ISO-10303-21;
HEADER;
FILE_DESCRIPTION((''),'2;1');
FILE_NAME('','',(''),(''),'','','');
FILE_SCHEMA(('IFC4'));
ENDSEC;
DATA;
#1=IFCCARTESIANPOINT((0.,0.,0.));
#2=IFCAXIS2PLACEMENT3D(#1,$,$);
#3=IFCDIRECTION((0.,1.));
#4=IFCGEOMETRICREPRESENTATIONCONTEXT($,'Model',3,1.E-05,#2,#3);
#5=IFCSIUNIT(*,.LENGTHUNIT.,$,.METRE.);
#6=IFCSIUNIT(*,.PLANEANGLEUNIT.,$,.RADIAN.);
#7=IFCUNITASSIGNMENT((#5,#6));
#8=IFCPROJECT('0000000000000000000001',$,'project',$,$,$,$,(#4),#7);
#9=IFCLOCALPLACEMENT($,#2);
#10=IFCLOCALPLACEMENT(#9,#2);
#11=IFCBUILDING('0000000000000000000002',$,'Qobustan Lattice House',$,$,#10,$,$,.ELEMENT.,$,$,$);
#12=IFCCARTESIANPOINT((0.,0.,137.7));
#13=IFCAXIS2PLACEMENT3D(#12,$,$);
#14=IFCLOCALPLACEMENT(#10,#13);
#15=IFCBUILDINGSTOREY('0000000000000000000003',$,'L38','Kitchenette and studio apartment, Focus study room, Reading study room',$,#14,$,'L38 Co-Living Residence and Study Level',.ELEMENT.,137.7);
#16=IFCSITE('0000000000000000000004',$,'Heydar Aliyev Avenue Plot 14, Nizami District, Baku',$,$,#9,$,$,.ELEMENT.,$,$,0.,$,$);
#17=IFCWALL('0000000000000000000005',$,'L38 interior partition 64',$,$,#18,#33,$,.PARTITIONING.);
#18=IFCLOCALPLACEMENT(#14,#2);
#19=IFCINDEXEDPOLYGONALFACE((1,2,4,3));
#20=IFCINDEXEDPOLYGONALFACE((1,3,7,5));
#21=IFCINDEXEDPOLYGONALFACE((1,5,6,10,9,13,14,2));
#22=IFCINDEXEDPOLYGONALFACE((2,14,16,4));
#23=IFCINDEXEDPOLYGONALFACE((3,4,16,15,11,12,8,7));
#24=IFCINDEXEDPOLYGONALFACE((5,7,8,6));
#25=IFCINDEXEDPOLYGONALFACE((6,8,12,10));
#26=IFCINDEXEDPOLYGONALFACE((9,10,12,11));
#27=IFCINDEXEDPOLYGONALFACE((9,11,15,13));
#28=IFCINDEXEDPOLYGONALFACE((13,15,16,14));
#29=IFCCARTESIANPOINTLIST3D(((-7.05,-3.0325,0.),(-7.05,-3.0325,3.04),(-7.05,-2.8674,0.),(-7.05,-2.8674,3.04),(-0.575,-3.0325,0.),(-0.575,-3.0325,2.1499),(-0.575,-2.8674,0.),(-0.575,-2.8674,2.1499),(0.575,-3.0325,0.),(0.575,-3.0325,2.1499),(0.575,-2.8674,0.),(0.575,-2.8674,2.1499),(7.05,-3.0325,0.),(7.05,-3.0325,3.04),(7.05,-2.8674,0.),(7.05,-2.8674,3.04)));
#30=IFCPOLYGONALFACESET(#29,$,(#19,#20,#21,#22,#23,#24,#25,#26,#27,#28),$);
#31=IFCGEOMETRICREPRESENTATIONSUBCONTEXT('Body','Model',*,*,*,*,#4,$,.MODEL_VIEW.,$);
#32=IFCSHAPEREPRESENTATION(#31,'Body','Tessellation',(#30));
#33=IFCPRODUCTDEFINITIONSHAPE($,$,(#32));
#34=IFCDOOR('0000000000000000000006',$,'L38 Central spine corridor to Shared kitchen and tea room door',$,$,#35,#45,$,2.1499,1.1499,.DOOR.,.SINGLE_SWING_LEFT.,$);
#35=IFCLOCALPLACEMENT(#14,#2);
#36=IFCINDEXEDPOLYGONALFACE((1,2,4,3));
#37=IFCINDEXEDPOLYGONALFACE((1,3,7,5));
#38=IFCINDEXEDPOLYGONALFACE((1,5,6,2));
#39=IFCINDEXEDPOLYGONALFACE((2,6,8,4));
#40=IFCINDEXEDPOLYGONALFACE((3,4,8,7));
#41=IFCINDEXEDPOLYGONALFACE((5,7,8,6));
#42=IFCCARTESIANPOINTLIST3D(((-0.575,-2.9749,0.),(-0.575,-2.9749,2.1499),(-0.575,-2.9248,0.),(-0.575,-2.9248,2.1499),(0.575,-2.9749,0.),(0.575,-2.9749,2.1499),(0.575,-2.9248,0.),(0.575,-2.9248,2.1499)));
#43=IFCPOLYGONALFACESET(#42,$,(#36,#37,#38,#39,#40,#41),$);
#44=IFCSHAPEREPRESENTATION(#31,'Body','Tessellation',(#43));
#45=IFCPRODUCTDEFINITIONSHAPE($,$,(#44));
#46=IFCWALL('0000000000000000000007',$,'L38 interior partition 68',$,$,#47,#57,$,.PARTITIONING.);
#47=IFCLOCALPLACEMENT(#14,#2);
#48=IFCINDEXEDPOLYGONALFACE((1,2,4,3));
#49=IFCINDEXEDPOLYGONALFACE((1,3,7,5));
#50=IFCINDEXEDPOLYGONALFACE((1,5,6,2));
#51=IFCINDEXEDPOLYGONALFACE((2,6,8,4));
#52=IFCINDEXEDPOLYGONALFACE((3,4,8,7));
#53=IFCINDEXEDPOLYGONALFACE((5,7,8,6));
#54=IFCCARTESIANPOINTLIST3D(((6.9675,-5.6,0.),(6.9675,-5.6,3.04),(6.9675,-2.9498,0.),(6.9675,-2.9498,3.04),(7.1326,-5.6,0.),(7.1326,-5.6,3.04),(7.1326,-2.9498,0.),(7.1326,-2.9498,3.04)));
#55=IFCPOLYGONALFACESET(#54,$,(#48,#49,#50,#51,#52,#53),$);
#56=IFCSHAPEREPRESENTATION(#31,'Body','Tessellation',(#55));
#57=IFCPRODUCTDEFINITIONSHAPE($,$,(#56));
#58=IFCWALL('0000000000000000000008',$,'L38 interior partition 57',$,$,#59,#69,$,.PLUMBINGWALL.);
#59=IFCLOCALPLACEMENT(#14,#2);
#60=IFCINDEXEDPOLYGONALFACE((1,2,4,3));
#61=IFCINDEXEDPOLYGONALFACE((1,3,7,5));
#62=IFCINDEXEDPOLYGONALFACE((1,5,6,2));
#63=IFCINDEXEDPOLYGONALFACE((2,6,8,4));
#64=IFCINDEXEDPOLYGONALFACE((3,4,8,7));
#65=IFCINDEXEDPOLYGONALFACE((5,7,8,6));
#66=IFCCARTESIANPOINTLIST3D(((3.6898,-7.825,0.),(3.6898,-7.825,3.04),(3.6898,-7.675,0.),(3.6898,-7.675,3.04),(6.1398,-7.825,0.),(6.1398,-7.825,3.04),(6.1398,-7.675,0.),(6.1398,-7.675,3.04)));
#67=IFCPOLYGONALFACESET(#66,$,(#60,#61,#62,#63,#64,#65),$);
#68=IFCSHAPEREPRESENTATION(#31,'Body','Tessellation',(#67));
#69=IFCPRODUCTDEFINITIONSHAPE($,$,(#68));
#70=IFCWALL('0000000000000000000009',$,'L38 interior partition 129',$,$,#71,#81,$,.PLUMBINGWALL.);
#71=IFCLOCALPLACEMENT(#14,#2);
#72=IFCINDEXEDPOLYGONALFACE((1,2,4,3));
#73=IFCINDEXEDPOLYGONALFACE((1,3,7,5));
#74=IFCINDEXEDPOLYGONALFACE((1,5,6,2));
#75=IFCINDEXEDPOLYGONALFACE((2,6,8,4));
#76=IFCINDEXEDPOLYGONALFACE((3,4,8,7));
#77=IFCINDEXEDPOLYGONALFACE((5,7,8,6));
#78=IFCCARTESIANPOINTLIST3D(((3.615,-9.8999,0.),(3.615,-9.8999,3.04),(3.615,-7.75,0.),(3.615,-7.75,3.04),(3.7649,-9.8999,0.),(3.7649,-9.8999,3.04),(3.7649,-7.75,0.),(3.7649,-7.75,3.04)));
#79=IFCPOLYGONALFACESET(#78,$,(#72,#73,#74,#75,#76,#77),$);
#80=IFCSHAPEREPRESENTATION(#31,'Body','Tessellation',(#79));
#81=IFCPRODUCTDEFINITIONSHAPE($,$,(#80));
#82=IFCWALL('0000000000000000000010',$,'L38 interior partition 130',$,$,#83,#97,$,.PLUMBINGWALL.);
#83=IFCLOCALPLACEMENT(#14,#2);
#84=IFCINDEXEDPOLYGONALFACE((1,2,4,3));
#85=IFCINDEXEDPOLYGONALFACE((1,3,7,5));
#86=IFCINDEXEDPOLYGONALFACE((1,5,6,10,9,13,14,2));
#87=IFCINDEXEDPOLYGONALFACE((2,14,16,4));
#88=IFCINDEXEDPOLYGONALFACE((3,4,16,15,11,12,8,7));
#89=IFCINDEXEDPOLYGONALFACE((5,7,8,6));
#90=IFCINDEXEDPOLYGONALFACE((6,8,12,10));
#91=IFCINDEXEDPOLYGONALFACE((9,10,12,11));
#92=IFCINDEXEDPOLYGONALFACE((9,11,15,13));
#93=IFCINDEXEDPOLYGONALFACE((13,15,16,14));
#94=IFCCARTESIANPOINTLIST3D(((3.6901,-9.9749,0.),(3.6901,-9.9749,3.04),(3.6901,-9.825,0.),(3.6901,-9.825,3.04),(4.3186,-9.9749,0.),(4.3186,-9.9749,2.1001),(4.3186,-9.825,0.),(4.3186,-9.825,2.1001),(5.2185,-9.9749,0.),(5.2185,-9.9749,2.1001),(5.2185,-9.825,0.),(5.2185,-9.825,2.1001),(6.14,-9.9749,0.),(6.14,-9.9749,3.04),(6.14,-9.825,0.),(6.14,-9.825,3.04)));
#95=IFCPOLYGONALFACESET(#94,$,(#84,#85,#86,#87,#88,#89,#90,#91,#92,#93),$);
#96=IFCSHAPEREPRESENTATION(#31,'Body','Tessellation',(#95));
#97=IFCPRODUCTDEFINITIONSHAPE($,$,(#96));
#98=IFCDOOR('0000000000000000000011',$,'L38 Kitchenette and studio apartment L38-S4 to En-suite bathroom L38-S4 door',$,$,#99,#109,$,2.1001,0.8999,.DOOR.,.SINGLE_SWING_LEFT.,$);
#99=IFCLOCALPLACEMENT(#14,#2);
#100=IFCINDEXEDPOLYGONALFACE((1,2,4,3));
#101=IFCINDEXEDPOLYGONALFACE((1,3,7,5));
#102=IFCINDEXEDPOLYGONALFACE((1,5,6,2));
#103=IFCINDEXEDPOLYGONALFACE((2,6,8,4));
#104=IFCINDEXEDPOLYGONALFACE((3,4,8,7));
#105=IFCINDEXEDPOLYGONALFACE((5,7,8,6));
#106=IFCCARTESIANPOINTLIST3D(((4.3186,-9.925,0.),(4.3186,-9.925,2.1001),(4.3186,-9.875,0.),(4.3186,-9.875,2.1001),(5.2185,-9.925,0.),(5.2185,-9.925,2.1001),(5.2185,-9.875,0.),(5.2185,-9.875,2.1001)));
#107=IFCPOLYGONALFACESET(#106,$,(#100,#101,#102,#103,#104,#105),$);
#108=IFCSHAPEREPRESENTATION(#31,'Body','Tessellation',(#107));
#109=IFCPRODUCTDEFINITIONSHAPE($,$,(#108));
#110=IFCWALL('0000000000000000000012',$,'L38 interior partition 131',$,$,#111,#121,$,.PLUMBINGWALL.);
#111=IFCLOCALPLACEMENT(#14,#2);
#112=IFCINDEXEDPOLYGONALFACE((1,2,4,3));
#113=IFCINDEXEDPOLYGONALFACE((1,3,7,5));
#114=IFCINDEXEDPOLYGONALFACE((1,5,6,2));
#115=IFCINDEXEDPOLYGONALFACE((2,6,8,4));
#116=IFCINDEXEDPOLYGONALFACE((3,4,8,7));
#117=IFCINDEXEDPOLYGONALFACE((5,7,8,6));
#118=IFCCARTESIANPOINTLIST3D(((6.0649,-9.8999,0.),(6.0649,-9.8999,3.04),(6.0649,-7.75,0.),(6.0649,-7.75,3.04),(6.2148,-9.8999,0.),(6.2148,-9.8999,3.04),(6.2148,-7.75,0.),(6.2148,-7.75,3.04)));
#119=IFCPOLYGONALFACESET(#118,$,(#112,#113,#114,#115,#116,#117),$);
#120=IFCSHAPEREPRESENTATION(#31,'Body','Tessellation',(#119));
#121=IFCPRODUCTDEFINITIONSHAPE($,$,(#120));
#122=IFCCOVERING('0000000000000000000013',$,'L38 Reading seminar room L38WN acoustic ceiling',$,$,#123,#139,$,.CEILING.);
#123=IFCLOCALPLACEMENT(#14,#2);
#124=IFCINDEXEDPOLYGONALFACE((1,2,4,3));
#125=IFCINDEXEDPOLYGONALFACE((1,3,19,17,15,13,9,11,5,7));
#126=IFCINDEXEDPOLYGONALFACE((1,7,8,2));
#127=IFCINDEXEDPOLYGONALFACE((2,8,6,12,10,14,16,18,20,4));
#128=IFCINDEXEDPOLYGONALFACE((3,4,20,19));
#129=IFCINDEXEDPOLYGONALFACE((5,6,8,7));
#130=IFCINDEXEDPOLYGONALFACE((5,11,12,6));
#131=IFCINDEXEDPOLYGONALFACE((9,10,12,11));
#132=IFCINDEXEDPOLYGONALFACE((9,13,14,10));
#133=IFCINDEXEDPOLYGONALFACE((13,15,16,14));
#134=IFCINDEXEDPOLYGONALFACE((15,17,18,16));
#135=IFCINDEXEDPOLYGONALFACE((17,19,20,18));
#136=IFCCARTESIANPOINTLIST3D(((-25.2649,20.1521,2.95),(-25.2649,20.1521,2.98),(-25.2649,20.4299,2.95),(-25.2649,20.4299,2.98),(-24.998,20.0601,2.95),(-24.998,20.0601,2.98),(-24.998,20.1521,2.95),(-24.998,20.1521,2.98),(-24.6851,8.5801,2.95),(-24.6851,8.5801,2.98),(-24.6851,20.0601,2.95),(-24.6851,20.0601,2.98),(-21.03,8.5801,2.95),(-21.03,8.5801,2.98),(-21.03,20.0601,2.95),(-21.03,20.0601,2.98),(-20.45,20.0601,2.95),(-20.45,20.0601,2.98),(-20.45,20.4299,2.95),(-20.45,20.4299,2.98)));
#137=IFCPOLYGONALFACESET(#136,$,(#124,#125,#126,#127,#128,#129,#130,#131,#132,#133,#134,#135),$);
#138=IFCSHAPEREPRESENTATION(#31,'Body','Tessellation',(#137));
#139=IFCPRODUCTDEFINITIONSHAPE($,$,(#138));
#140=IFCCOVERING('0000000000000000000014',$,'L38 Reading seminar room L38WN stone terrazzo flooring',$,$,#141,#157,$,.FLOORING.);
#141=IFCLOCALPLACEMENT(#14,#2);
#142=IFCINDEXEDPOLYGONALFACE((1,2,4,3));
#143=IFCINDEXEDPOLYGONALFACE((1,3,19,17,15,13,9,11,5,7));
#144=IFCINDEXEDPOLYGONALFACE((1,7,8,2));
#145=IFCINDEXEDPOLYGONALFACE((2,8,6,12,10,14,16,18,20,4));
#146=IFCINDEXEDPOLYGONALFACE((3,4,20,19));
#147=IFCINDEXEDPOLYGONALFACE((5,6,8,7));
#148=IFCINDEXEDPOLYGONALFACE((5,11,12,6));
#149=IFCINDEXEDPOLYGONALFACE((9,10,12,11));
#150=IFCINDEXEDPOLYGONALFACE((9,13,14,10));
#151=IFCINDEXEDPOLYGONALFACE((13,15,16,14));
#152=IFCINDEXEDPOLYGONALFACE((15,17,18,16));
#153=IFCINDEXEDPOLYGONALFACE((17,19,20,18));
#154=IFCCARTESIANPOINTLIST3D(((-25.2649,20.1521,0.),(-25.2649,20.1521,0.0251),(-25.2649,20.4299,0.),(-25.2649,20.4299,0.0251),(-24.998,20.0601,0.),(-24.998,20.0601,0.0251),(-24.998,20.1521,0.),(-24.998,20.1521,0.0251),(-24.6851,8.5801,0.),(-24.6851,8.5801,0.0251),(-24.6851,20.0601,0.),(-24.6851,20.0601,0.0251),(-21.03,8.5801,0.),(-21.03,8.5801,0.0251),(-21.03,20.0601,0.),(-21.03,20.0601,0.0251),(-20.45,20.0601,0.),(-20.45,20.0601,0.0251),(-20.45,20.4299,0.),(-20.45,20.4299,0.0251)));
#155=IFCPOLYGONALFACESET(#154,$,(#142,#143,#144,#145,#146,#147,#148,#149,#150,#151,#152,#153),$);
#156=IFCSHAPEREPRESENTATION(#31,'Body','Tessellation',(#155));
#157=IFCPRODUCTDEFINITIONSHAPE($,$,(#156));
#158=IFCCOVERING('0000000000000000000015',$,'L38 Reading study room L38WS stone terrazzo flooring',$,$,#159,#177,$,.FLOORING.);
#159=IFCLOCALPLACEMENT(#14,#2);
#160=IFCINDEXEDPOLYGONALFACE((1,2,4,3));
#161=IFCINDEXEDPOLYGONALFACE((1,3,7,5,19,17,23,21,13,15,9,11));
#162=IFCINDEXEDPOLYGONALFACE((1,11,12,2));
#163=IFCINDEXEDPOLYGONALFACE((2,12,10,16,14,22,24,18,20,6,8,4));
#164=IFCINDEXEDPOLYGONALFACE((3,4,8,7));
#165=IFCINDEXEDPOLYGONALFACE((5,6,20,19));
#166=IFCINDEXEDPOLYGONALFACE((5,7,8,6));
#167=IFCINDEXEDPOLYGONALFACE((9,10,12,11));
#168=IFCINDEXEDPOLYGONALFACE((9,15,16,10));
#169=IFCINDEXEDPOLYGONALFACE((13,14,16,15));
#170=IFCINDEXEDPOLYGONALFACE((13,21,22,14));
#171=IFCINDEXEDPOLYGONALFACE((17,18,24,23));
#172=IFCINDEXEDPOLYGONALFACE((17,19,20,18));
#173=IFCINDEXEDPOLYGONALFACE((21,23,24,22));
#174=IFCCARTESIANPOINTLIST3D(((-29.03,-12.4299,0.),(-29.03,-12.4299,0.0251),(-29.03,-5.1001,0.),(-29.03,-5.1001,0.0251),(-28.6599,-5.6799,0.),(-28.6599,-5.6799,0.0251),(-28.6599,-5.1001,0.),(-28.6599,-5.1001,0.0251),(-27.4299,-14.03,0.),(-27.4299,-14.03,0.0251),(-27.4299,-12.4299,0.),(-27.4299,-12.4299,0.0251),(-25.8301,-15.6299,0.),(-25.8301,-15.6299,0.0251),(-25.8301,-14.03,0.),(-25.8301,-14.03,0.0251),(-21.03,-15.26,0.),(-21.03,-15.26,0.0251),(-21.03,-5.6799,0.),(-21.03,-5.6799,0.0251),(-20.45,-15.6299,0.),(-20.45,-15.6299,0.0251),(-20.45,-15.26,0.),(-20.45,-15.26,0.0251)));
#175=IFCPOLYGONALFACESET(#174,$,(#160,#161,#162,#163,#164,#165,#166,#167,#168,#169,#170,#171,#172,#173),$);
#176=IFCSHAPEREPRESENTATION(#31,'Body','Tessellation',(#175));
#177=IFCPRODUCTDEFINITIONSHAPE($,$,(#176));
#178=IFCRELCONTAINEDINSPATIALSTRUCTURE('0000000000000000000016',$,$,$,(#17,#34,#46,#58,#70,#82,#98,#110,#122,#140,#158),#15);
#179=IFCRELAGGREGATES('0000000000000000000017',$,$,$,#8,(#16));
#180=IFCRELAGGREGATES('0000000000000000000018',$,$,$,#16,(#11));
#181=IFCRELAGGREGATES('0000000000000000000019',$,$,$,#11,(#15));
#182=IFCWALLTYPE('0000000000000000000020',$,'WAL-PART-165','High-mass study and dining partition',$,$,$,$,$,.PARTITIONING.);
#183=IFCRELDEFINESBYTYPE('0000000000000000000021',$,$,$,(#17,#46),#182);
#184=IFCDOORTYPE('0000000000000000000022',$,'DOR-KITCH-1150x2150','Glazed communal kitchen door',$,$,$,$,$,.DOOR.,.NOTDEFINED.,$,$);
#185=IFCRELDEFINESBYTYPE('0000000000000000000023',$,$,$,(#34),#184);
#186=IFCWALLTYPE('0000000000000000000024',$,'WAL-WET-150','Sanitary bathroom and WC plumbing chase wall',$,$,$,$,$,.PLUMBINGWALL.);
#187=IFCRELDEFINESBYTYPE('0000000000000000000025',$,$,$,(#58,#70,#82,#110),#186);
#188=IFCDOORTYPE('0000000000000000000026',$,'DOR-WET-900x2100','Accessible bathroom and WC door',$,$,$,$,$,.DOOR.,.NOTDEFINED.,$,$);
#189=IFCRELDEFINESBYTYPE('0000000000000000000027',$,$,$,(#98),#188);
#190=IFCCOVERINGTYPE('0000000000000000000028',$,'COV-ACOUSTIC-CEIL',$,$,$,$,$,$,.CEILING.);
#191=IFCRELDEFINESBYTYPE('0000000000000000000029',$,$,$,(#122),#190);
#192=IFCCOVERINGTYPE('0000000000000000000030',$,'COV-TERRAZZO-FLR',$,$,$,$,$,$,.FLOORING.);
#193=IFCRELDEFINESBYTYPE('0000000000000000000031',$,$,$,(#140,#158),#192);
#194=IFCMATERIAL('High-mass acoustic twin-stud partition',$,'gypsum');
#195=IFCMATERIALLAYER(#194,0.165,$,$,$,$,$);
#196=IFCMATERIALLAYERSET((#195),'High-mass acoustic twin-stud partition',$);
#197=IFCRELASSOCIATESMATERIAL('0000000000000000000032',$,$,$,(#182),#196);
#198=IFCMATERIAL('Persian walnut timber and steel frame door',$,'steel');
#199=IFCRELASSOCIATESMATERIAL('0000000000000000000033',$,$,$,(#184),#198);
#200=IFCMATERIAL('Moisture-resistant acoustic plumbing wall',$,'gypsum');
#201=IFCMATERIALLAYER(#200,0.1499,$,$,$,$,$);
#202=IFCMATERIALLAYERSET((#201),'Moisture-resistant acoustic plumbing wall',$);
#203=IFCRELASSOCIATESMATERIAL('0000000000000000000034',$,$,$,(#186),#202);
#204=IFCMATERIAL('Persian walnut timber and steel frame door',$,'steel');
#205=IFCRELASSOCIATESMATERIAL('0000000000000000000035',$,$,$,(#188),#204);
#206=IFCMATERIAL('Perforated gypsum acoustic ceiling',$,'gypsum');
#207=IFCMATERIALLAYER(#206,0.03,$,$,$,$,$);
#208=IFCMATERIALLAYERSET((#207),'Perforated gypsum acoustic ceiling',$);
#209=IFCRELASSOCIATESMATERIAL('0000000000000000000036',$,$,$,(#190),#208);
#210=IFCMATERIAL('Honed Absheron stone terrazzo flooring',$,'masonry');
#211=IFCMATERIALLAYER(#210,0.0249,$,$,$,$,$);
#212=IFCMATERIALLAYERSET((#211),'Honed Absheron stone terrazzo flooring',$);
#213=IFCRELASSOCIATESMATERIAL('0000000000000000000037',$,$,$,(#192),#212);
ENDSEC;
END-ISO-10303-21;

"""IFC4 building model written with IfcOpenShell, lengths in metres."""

from ifc_helpers import new_model, si_unit, direction, frame, frame_2d, origin, place, context, subcontext, project, spatial, polyline, rectangle, outline, extrude, material, layer, layer_set, type_object, element, fill, save


model = new_model("IFC4")

# Units and contexts
model_context = context("Model", 3, precision=1e-05, world=origin(), true_north=direction((0.0, 1.0)))
body_context = subcontext(model_context, "Body", "Model", "MODEL_VIEW")
ifc_project = project(units=[si_unit("LENGTHUNIT", "METRE"), si_unit("PLANEANGLEUNIT", "RADIAN")], contexts=[model_context])

# Site, building, storey
site_placement = place(None, origin())
site = spatial("IfcSite", under=ifc_project, at=site_placement, Name="Heydar Aliyev Avenue Plot 14, Nizami District, Baku", CompositionType="ELEMENT", RefElevation=0.0)
building_placement = place(site_placement, origin())
building = spatial("IfcBuilding", under=site, at=building_placement, Name="Qobustan Lattice House", CompositionType="ELEMENT")
storey_placement = place(building_placement, frame((0.0, 0.0, 137.7)))
storey = spatial("IfcBuildingStorey", under=building, at=storey_placement, Name="L38", Description="Kitchenette and studio apartment, Focus study room, Reading study room", LongName="L38 Co-Living Residence and Study Level", CompositionType="ELEMENT", Elevation=137.7)

# Shared definitions
ifc_material_1 = material(Name="High-mass acoustic twin-stud partition", Category="gypsum")
ifc_layer_1 = layer(ifc_material_1, 0.165)
ifc_layer_set_1 = layer_set([ifc_layer_1], Name="High-mass acoustic twin-stud partition")
wall_type_1 = type_object("IfcWallType", Name="WAL-PART-165", Description="High-mass study and dining partition", PredefinedType="PARTITIONING", material=ifc_layer_set_1)

# Wall, opening, door
wall_1_placement = place(storey_placement, frame((7.05, -2.95, 0.0), z_axis=(0.0, 0.0, 1.0), x_axis=(-1.0, 0.0, 0.0)))
wall_1 = element("IfcWall", 1, at=wall_1_placement, inside=storey, type_object=wall_type_1, Name="L38 interior partition 64", PredefinedType="PARTITIONING", context=body_context, shape_type="SweptSolid", body=[
    extrude(rectangle(XDim=14.1001, YDim=0.165, at=frame_2d((7.05, 0.0))), origin(), (0.0, 0.0, 1.0), 3.04),
])
opening_1_placement = place(wall_1_placement, frame((6.4751, 0.0, 0.0)))
opening_1 = element("IfcOpeningElement", 2, at=opening_1_placement, cuts=wall_1, PredefinedType="OPENING", context=body_context, shape_type="SweptSolid", body=[
    extrude(rectangle(XDim=1.1499, YDim=2.1499, at=frame_2d((0.575, 1.075))), frame((0.0, 0.0925, 0.0), z_axis=(0.0, -1.0, 0.0), x_axis=(1.0, 0.0, 0.0)), (0.0, 0.0, 1.0), 0.1851),
])
ifc_material_2 = material(Name="Persian walnut timber and steel frame door", Category="steel")
door_type_1 = type_object("IfcDoorType", Name="DOR-KITCH-1150x2150", Description="Glazed communal kitchen door", OperationType="NOTDEFINED", PredefinedType="DOOR", material=ifc_material_2)
door_1_placement = place(opening_1_placement, origin())
door_1 = element("IfcDoor", 3, at=door_1_placement, inside=storey, type_object=door_type_1, Name="L38 Central spine corridor to Shared kitchen and tea room door", OperationType="SINGLE_SWING_LEFT", OverallHeight=2.1499, OverallWidth=1.1499, PredefinedType="DOOR", context=body_context, shape_type="SweptSolid", body=[
    extrude(rectangle(XDim=1.1499, YDim=2.1499, at=frame_2d((0.575, 1.075))), frame((0.0, 0.0249, 0.0), z_axis=(0.0, -1.0, 0.0), x_axis=(1.0, 0.0, 0.0)), (0.0, 0.0, 1.0), 0.05),
])
fill(opening_1, door_1)

# Walls
wall_2_placement = place(storey_placement, frame((7.05, -5.6001, 0.0), z_axis=(0.0, 0.0, 1.0), x_axis=(0.0, 1.0, 0.0)))
element("IfcWall", 4, at=wall_2_placement, inside=storey, type_object=wall_type_1, Name="L38 interior partition 68", PredefinedType="PARTITIONING", context=body_context, shape_type="SweptSolid", body=[
    extrude(rectangle(XDim=2.6501, YDim=0.165, at=frame_2d((1.3252, 0.0))), origin(), (0.0, 0.0, 1.0), 3.04),
])
ifc_material_3 = material(Name="Moisture-resistant acoustic plumbing wall", Category="gypsum")
ifc_layer_2 = layer(ifc_material_3, 0.1499)
ifc_layer_set_2 = layer_set([ifc_layer_2], Name="Moisture-resistant acoustic plumbing wall")
wall_type_2 = type_object("IfcWallType", Name="WAL-WET-150", Description="Sanitary bathroom and WC plumbing chase wall", PredefinedType="PLUMBINGWALL", material=ifc_layer_set_2)
wall_3_placement = place(storey_placement, frame((6.1399, -7.75, 0.0), z_axis=(0.0, 0.0, 1.0), x_axis=(-1.0, 0.0, 0.0)))
element("IfcWall", 5, at=wall_3_placement, inside=storey, type_object=wall_type_2, Name="L38 interior partition 57", PredefinedType="PLUMBINGWALL", context=body_context, shape_type="SweptSolid", body=[
    extrude(rectangle(XDim=2.45, YDim=0.1499, at=frame_2d((1.2251, 0.0))), origin(), (0.0, 0.0, 1.0), 3.04),
])
wall_4_placement = place(storey_placement, frame((3.6899, -7.75, 0.0), z_axis=(0.0, 0.0, 1.0), x_axis=(0.0, -1.0, 0.0)))
element("IfcWall", 6, at=wall_4_placement, inside=storey, type_object=wall_type_2, Name="L38 interior partition 129", PredefinedType="PLUMBINGWALL", context=body_context, shape_type="SweptSolid", body=[
    extrude(rectangle(XDim=2.1499, YDim=0.1499, at=frame_2d((1.075, 0.0))), origin(), (0.0, 0.0, 1.0), 3.04),
])

# Wall, opening, door
wall_5_placement = place(storey_placement, frame((3.6899, -9.8999, 0.0), z_axis=(0.0, 0.0, 1.0), x_axis=(1.0, 0.0, 0.0)))
wall_5 = element("IfcWall", 7, at=wall_5_placement, inside=storey, type_object=wall_type_2, Name="L38 interior partition 130", PredefinedType="PLUMBINGWALL", context=body_context, shape_type="SweptSolid", body=[
    extrude(rectangle(XDim=2.45, YDim=0.1499, at=frame_2d((1.2251, 0.0))), origin(), (0.0, 0.0, 1.0), 3.04),
])
opening_2_placement = place(wall_5_placement, frame((0.6287, 0.0, 0.0)))
opening_2 = element("IfcOpeningElement", 8, at=opening_2_placement, cuts=wall_5, PredefinedType="OPENING", context=body_context, shape_type="SweptSolid", body=[
    extrude(rectangle(XDim=0.8999, YDim=2.1001, at=frame_2d((0.45, 1.05))), frame((0.0, 0.085, 0.0), z_axis=(0.0, -1.0, 0.0), x_axis=(1.0, 0.0, 0.0)), (0.0, 0.0, 1.0), 0.1699),
])
ifc_material_4 = material(Name="Persian walnut timber and steel frame door", Category="steel")
door_type_2 = type_object("IfcDoorType", Name="DOR-WET-900x2100", Description="Accessible bathroom and WC door", OperationType="NOTDEFINED", PredefinedType="DOOR", material=ifc_material_4)
door_2_placement = place(opening_2_placement, origin())
door_2 = element("IfcDoor", 9, at=door_2_placement, inside=storey, type_object=door_type_2, Name="L38 Kitchenette and studio apartment L38-S4 to En-suite bathroom L38-S4 door", OperationType="SINGLE_SWING_LEFT", OverallHeight=2.1001, OverallWidth=0.8999, PredefinedType="DOOR", context=body_context, shape_type="SweptSolid", body=[
    extrude(rectangle(XDim=0.8999, YDim=2.1001, at=frame_2d((0.45, 1.05))), frame((0.0, 0.0249, 0.0), z_axis=(0.0, -1.0, 0.0), x_axis=(1.0, 0.0, 0.0)), (0.0, 0.0, 1.0), 0.05),
])
fill(opening_2, door_2)

# Wall
wall_6_placement = place(storey_placement, frame((6.1399, -9.8999, 0.0), z_axis=(0.0, 0.0, 1.0), x_axis=(0.0, 1.0, 0.0)))
element("IfcWall", 10, at=wall_6_placement, inside=storey, type_object=wall_type_2, Name="L38 interior partition 131", PredefinedType="PLUMBINGWALL", context=body_context, shape_type="SweptSolid", body=[
    extrude(rectangle(XDim=2.1499, YDim=0.1499, at=frame_2d((1.075, 0.0))), origin(), (0.0, 0.0, 1.0), 3.04),
])

# Coverings
ifc_material_5 = material(Name="Perforated gypsum acoustic ceiling", Category="gypsum")
ifc_layer_3 = layer(ifc_material_5, 0.03)
ifc_layer_set_3 = layer_set([ifc_layer_3], Name="Perforated gypsum acoustic ceiling")
covering_type_1 = type_object("IfcCoveringType", Name="COV-ACOUSTIC-CEIL", PredefinedType="CEILING", material=ifc_layer_set_3)
covering_1_placement = place(storey_placement, frame((0.0, 0.0, 2.95)))
element("IfcCovering", 11, at=covering_1_placement, inside=storey, type_object=covering_type_1, Name="L38 Reading seminar room L38WN acoustic ceiling", PredefinedType="CEILING", context=body_context, shape_type="SweptSolid", body=[
    extrude(outline(polyline([(-25.2649, 20.4299), (-25.2649, 20.1521), (-24.998, 20.1521), (-24.998, 20.0601), (-24.6851, 20.0601), (-24.6851, 8.5801), (-21.03, 8.5801), (-21.03, 20.0601), (-20.45, 20.0601), (-20.45, 20.4299), (-25.2649, 20.4299)])), origin(), (0.0, 0.0, 1.0), 0.03),
])
ifc_material_6 = material(Name="Honed Absheron stone terrazzo flooring", Category="masonry")
ifc_layer_4 = layer(ifc_material_6, 0.0249)
ifc_layer_set_4 = layer_set([ifc_layer_4], Name="Honed Absheron stone terrazzo flooring")
covering_type_2 = type_object("IfcCoveringType", Name="COV-TERRAZZO-FLR", PredefinedType="FLOORING", material=ifc_layer_set_4)
covering_2_placement = place(storey_placement, origin())
element("IfcCovering", 12, at=covering_2_placement, inside=storey, type_object=covering_type_2, Name="L38 Reading seminar room L38WN stone terrazzo flooring", PredefinedType="FLOORING", context=body_context, shape_type="SweptSolid", body=[
    extrude(outline(polyline([(-25.2649, 20.4299), (-25.2649, 20.1521), (-24.998, 20.1521), (-24.998, 20.0601), (-24.6851, 20.0601), (-24.6851, 8.5801), (-21.03, 8.5801), (-21.03, 20.0601), (-20.45, 20.0601), (-20.45, 20.4299), (-25.2649, 20.4299)])), origin(), (0.0, 0.0, 1.0), 0.0251),
])
covering_3_placement = place(storey_placement, origin())
element("IfcCovering", 13, at=covering_3_placement, inside=storey, type_object=covering_type_2, Name="L38 Reading study room L38WS stone terrazzo flooring", PredefinedType="FLOORING", context=body_context, shape_type="SweptSolid", body=[
    extrude(outline(polyline([(-25.8301, -15.6299), (-20.45, -15.6299), (-20.45, -15.26), (-21.03, -15.26), (-21.03, -5.6799), (-28.6599, -5.6799), (-28.6599, -5.1001), (-29.03, -5.1001), (-29.03, -12.4299), (-27.4299, -12.4299), (-27.4299, -14.03), (-25.8301, -14.03), (-25.8301, -15.6299)])), origin(), (0.0, 0.0, 1.0), 0.0251),
])

save(model, "model.ifc")
